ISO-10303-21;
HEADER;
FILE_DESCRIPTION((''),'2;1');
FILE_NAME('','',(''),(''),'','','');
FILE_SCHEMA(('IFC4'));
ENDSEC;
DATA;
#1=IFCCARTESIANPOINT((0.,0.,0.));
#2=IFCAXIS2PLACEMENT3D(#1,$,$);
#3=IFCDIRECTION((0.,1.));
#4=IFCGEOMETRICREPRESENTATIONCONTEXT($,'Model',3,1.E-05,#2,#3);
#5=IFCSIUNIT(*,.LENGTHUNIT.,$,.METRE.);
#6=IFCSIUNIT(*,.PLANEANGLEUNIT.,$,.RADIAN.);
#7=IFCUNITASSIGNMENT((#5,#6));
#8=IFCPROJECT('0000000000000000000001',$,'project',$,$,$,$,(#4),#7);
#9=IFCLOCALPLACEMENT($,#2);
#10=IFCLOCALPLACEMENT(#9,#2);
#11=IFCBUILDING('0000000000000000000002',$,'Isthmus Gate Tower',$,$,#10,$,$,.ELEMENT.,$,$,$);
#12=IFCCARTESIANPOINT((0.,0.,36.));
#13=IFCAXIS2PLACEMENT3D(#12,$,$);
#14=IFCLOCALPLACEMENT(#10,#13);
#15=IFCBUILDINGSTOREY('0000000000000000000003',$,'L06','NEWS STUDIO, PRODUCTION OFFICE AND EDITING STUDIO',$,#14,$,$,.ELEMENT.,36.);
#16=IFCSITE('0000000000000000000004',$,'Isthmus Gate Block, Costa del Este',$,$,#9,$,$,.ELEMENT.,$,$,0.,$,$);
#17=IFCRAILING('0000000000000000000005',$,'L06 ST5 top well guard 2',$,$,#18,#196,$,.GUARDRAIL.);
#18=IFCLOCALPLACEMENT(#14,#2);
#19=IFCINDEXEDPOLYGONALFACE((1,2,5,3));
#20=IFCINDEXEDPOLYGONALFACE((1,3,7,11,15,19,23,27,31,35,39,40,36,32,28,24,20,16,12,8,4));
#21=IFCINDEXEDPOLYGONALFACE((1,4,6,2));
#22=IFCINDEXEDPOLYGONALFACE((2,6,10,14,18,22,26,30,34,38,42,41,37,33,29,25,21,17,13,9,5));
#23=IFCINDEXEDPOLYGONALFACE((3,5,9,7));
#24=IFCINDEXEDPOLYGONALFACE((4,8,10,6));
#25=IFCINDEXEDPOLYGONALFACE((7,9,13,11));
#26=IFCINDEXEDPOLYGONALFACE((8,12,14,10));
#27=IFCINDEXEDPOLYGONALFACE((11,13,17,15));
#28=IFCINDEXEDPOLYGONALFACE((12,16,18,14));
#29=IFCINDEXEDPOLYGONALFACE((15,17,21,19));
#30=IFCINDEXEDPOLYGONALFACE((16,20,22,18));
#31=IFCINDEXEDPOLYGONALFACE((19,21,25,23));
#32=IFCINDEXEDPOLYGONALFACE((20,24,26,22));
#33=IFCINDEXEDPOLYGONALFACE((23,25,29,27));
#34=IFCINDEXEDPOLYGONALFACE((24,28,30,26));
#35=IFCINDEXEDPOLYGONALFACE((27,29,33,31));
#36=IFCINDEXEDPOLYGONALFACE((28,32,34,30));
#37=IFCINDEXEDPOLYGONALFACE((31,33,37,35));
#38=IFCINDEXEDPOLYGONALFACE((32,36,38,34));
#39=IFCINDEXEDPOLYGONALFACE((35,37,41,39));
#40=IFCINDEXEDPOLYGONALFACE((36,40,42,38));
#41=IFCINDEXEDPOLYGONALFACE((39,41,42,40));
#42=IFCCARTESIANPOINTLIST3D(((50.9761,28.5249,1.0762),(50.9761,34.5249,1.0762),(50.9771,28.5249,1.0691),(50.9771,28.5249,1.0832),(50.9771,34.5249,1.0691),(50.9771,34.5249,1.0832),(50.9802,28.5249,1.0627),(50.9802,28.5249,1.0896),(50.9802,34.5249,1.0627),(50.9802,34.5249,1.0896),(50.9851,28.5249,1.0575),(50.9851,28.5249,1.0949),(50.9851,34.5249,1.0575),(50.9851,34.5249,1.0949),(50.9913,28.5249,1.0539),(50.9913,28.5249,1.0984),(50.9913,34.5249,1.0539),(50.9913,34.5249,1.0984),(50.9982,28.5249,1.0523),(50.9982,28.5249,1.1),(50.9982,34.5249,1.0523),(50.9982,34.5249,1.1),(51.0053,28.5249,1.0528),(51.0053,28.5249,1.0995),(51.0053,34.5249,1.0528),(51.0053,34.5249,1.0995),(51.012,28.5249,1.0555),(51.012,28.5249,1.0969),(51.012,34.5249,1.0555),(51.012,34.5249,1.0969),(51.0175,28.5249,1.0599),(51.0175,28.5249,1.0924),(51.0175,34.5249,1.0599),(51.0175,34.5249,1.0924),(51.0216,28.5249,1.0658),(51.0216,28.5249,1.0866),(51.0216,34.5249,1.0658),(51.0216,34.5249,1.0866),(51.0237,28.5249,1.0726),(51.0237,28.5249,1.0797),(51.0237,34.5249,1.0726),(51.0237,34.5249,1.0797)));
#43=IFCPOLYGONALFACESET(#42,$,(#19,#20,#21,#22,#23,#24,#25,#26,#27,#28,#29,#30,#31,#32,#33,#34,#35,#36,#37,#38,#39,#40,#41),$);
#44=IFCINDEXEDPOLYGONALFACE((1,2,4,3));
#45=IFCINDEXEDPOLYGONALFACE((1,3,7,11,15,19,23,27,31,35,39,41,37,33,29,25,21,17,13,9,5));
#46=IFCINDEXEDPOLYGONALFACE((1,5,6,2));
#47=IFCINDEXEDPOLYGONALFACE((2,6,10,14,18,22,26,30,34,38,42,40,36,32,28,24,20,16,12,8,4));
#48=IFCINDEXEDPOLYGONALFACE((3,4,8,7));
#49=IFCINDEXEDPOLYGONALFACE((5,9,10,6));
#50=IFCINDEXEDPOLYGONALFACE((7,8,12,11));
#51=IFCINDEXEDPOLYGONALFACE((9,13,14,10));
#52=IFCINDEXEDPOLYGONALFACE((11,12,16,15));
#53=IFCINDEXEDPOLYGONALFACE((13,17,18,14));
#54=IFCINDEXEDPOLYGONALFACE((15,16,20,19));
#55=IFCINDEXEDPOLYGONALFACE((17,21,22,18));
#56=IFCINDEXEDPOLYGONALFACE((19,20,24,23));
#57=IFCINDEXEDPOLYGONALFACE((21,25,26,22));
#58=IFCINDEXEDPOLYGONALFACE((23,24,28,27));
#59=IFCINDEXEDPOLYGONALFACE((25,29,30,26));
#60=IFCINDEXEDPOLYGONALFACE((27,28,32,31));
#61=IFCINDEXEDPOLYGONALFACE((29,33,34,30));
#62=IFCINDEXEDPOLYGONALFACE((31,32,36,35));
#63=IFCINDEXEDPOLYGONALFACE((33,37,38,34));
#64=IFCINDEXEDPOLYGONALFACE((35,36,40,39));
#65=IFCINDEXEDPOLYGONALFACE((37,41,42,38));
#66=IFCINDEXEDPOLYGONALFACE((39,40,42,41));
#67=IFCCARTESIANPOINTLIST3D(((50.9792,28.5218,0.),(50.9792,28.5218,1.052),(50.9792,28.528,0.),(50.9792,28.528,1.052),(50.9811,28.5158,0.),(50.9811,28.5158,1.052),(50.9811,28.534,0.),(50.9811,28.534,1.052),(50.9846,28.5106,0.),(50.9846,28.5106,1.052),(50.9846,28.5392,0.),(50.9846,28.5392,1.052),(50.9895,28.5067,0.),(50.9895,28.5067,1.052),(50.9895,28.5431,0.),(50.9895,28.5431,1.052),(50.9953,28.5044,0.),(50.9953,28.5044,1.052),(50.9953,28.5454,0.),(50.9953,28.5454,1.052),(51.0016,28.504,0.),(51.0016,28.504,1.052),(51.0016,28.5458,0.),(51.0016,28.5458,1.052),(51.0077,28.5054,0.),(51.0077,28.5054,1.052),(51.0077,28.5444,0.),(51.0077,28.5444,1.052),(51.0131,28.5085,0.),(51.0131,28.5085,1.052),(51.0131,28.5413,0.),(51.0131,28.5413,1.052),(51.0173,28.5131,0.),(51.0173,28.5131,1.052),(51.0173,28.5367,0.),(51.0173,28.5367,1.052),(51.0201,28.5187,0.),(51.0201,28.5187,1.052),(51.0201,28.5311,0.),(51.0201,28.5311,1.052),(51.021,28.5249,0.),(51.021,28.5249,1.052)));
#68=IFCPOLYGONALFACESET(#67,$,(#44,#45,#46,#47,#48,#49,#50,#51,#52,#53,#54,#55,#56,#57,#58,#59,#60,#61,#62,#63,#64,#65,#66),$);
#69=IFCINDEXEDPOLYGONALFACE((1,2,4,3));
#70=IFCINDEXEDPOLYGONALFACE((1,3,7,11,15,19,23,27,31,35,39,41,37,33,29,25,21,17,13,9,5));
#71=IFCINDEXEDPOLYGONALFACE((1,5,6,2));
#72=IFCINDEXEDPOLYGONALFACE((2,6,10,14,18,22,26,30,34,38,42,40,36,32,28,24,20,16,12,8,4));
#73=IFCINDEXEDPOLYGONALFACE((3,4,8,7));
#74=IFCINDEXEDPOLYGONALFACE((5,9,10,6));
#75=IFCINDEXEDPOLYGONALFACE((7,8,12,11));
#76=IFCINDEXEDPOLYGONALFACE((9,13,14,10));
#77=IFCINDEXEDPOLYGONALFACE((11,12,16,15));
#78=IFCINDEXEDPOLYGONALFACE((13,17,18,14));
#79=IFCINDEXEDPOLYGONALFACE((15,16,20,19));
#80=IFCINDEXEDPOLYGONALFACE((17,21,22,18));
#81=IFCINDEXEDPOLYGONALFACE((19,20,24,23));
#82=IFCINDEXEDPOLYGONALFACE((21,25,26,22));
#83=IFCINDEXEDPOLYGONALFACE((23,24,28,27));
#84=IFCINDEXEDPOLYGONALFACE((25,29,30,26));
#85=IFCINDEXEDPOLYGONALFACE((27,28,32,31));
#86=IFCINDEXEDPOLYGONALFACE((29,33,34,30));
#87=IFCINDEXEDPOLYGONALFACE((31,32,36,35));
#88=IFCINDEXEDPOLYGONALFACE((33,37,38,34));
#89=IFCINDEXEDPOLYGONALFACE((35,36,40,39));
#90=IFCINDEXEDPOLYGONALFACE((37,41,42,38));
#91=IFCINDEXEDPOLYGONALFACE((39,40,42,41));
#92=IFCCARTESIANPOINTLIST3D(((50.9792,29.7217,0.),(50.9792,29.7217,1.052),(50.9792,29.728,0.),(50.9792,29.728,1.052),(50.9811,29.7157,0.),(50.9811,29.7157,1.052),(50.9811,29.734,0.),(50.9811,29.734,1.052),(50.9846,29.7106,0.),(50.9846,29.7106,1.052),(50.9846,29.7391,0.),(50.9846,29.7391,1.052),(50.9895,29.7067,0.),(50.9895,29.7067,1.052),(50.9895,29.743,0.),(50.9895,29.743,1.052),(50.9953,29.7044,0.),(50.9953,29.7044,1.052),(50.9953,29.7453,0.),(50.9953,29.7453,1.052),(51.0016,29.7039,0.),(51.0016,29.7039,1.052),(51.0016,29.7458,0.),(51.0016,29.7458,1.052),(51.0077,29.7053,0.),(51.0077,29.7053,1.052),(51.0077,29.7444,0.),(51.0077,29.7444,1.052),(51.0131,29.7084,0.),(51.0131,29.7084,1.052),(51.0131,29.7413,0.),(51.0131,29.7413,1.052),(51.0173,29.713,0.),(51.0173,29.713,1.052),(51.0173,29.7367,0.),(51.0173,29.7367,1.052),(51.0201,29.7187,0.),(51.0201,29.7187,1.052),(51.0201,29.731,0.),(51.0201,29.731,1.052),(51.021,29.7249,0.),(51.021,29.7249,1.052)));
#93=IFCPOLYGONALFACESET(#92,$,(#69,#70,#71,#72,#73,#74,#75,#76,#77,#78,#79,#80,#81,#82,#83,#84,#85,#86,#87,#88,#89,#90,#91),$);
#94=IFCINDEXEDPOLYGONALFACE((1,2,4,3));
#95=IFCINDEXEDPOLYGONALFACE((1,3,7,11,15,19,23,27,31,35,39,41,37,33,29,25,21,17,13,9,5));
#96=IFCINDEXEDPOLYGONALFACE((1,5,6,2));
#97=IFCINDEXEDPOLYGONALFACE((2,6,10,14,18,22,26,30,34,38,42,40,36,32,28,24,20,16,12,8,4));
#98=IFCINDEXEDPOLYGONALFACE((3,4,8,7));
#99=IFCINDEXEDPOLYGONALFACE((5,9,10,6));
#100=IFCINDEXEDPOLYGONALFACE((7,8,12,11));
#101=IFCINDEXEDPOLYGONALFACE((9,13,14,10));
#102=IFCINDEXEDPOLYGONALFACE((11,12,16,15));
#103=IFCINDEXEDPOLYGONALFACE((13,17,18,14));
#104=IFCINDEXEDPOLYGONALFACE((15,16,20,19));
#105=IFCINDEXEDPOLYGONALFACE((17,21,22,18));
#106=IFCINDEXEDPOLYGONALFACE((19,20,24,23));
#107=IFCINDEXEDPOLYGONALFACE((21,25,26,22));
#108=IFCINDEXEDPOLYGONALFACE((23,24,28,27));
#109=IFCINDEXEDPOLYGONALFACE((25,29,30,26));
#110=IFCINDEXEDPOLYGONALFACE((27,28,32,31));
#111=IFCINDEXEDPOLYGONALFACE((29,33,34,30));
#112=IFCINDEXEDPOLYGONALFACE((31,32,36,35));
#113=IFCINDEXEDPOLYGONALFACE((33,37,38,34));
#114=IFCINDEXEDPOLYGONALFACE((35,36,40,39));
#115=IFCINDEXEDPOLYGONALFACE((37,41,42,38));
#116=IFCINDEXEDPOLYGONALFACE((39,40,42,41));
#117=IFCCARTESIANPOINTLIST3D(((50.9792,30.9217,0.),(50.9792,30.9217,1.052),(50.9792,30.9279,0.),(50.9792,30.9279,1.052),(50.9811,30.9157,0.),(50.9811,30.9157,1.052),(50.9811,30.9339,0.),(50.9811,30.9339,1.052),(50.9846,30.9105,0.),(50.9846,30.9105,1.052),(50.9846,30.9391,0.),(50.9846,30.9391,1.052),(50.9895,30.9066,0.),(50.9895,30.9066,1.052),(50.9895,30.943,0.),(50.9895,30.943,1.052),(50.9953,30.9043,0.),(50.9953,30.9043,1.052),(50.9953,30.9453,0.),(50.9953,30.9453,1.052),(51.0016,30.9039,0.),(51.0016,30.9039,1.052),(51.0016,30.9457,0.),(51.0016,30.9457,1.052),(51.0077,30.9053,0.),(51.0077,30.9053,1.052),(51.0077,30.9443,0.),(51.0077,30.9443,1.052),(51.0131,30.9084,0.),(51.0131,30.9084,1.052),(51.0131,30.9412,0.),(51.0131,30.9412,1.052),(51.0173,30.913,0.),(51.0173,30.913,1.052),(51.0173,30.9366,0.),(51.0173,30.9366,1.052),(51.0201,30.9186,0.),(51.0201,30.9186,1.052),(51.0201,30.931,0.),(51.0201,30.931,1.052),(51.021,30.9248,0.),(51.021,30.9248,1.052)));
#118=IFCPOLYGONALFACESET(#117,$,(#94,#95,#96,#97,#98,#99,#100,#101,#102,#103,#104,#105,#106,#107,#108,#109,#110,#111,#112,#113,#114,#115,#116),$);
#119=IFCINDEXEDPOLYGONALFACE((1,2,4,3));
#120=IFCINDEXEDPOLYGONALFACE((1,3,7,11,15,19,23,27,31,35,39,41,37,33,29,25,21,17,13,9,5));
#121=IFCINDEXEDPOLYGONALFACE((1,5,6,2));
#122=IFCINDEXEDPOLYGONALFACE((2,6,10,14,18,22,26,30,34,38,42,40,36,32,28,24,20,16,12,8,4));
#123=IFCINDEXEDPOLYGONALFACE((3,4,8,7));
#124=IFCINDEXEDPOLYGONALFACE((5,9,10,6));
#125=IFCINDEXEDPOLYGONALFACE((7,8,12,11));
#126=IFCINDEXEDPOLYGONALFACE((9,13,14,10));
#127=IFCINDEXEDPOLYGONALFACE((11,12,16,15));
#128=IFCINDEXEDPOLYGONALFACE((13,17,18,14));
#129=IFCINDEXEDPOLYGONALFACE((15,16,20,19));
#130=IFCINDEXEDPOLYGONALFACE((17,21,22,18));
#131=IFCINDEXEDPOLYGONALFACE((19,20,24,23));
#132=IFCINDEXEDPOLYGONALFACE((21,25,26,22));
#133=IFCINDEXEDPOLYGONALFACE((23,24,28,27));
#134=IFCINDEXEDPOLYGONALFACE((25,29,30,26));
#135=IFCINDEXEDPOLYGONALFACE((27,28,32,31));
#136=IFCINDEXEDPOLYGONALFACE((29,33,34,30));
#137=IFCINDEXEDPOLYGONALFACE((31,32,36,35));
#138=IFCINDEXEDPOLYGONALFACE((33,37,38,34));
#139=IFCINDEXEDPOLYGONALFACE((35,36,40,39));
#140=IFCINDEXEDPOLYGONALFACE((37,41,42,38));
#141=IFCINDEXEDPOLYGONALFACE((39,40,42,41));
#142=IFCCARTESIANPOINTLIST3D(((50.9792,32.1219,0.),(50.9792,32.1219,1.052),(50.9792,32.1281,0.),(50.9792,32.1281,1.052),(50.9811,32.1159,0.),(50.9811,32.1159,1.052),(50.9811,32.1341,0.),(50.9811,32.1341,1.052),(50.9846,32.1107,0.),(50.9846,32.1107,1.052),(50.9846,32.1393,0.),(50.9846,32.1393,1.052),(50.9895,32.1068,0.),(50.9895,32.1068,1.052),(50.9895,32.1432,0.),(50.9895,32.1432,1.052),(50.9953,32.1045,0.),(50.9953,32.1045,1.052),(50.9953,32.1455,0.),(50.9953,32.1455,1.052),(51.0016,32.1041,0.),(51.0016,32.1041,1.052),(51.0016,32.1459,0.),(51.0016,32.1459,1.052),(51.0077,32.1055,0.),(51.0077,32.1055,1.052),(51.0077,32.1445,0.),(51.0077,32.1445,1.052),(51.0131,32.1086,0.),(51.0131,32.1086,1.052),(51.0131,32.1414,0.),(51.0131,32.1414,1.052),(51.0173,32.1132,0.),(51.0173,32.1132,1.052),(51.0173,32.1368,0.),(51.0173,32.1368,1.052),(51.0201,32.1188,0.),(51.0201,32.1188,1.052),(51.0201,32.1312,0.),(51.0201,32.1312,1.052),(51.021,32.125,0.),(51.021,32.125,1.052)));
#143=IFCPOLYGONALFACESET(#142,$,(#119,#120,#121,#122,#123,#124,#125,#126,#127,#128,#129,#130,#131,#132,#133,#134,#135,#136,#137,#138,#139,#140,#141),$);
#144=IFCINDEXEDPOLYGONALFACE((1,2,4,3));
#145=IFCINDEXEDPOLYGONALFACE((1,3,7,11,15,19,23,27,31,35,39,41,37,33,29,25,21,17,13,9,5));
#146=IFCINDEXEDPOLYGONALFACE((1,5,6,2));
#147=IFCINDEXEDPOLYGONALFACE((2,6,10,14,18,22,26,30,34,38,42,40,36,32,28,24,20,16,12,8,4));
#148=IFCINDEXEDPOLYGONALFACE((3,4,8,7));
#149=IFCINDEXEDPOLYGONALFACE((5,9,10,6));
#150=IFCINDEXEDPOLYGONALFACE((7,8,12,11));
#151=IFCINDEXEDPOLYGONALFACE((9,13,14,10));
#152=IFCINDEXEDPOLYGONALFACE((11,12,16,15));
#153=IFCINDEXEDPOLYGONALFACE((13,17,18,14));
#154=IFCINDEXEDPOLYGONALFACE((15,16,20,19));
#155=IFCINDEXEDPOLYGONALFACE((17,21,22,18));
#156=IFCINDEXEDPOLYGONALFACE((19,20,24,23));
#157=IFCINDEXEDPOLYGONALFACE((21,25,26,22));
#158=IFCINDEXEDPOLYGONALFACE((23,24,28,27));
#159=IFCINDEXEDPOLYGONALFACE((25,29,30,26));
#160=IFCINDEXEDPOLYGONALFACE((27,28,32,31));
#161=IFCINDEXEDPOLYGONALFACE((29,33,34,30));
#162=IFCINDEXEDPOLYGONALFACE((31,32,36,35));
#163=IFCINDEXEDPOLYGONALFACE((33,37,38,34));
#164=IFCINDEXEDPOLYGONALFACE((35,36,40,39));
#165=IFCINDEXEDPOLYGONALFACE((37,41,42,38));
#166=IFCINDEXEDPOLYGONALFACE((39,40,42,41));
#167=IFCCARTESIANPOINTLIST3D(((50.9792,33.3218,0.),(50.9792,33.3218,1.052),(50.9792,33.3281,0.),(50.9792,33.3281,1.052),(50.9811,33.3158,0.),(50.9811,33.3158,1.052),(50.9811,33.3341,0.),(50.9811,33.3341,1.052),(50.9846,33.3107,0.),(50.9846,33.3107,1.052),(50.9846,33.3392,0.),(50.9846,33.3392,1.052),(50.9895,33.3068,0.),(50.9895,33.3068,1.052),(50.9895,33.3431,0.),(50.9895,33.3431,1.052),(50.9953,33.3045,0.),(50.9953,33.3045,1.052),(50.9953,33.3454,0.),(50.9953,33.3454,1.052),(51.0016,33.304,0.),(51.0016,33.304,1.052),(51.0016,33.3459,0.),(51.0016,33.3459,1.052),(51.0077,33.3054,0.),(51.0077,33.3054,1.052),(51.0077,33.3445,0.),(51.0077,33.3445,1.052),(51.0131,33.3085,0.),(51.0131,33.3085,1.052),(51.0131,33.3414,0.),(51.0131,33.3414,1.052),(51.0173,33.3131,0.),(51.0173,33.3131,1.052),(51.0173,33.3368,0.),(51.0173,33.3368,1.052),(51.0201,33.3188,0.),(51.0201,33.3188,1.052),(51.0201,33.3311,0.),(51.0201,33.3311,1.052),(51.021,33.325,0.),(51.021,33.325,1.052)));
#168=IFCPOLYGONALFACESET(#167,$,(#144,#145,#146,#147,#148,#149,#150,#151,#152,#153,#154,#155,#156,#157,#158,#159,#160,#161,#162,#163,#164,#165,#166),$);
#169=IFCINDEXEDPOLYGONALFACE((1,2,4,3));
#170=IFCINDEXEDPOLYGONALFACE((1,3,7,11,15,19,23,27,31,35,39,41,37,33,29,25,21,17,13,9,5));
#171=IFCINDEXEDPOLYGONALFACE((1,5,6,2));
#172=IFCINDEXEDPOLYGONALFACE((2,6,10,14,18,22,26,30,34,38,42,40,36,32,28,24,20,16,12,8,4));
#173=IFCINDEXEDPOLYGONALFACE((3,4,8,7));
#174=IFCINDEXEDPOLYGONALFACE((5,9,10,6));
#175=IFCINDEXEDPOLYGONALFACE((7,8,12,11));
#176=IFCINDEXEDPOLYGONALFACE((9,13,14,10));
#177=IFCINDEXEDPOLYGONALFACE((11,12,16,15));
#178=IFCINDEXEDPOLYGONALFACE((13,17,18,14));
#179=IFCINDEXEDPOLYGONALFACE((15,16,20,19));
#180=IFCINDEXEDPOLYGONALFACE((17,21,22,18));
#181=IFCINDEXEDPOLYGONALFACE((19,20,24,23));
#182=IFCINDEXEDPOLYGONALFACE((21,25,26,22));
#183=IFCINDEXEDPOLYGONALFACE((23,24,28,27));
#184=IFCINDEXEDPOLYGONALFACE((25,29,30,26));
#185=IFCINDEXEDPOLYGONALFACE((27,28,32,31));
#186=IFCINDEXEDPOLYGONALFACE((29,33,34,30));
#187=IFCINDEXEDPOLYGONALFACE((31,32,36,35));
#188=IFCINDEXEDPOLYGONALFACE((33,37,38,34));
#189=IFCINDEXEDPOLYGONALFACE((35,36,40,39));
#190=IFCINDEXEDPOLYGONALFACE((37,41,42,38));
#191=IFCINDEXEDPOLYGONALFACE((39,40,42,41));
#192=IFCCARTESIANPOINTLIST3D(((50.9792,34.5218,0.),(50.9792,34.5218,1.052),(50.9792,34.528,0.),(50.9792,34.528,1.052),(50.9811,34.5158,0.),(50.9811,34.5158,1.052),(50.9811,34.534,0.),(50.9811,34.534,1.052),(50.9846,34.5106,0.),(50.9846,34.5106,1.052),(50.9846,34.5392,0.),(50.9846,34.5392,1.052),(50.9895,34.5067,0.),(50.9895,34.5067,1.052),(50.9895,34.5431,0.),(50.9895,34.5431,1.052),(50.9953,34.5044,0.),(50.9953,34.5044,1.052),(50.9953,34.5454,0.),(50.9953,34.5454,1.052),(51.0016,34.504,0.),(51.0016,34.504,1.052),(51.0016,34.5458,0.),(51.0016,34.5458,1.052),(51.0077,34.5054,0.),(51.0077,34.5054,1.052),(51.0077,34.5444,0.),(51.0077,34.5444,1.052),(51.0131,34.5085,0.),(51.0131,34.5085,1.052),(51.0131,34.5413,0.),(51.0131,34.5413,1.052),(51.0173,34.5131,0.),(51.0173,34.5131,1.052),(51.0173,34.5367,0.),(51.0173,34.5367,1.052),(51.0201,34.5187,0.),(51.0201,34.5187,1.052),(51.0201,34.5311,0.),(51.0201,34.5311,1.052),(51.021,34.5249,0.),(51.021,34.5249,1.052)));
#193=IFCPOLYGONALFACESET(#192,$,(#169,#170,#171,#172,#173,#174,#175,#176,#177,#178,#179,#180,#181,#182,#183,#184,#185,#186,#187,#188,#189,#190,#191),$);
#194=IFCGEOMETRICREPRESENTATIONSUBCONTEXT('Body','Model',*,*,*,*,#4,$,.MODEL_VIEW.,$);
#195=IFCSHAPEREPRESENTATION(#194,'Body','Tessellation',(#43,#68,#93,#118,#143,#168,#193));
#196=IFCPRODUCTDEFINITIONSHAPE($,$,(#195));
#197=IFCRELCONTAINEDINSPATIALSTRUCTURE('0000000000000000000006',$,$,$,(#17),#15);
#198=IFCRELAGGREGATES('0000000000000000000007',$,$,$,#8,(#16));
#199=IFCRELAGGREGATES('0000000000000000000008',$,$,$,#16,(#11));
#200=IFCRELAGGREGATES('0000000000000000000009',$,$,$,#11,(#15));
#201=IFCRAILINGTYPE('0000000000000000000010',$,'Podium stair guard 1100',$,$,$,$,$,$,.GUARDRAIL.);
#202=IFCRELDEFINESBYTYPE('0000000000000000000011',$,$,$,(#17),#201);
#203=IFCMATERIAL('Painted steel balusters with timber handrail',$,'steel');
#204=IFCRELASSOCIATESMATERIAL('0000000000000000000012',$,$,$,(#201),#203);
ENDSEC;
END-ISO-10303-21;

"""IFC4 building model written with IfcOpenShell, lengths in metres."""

from ifc_helpers import new_model, si_unit, direction, frame, origin, origin_2d, place, context, subcontext, project, spatial, circle, extrude, material, type_object, element, save


model = new_model("IFC4")

# Units and contexts
model_context = context("Model", 3, precision=1e-05, world=origin(), true_north=direction((0.0, 1.0)))
body_context = subcontext(model_context, "Body", "Model", "MODEL_VIEW")
ifc_project = project(units=[si_unit("LENGTHUNIT", "METRE"), si_unit("PLANEANGLEUNIT", "RADIAN")], contexts=[model_context])

# Site, building, storey
site_placement = place(None, origin())
site = spatial("IfcSite", under=ifc_project, at=site_placement, Name="Isthmus Gate Block, Costa del Este", CompositionType="ELEMENT", RefElevation=0.0)
building_placement = place(site_placement, origin())
building = spatial("IfcBuilding", under=site, at=building_placement, Name="Isthmus Gate Tower", CompositionType="ELEMENT")
storey_placement = place(building_placement, frame((0.0, 0.0, 36.0)))
storey = spatial("IfcBuildingStorey", under=building, at=storey_placement, Name="L06", Description="NEWS STUDIO, PRODUCTION OFFICE AND EDITING STUDIO", CompositionType="ELEMENT", Elevation=36.0)

# Railing
ifc_material_1 = material(Name="Painted steel balusters with timber handrail", Category="steel")
railing_type_1 = type_object("IfcRailingType", Name="Podium stair guard 1100", PredefinedType="GUARDRAIL", material=ifc_material_1)
railing_1_placement = place(storey_placement, frame((51.0, 28.5249, 0.0)))
element("IfcRailing", 1, at=railing_1_placement, inside=storey, type_object=railing_type_1, Name="L06 ST5 top well guard 2", PredefinedType="GUARDRAIL", context=body_context, shape_type="SweptSolid", body=[
    extrude(circle(Radius=0.0239, at=origin_2d()), frame((0.0, 0.0, 1.0762), z_axis=(0.0, 1.0, 0.0), x_axis=(-1.0, 0.0, 0.0)), (0.0, 0.0, 1.0), 6.0),
    extrude(circle(Radius=0.021, at=origin_2d()), origin(), (0.0, 0.0, 1.0), 1.052),
    extrude(circle(Radius=0.021, at=origin_2d()), frame((0.0, 1.2, 0.0)), (0.0, 0.0, 1.0), 1.052),
    extrude(circle(Radius=0.021, at=origin_2d()), frame((0.0, 2.3999, 0.0)), (0.0, 0.0, 1.0), 1.052),
    extrude(circle(Radius=0.021, at=origin_2d()), frame((0.0, 3.6001, 0.0)), (0.0, 0.0, 1.0), 1.052),
    extrude(circle(Radius=0.021, at=origin_2d()), frame((0.0, 4.8, 0.0)), (0.0, 0.0, 1.0), 1.052),
    extrude(circle(Radius=0.021, at=origin_2d()), frame((0.0, 6.0, 0.0)), (0.0, 0.0, 1.0), 1.052),
])

save(model, "model.ifc")
